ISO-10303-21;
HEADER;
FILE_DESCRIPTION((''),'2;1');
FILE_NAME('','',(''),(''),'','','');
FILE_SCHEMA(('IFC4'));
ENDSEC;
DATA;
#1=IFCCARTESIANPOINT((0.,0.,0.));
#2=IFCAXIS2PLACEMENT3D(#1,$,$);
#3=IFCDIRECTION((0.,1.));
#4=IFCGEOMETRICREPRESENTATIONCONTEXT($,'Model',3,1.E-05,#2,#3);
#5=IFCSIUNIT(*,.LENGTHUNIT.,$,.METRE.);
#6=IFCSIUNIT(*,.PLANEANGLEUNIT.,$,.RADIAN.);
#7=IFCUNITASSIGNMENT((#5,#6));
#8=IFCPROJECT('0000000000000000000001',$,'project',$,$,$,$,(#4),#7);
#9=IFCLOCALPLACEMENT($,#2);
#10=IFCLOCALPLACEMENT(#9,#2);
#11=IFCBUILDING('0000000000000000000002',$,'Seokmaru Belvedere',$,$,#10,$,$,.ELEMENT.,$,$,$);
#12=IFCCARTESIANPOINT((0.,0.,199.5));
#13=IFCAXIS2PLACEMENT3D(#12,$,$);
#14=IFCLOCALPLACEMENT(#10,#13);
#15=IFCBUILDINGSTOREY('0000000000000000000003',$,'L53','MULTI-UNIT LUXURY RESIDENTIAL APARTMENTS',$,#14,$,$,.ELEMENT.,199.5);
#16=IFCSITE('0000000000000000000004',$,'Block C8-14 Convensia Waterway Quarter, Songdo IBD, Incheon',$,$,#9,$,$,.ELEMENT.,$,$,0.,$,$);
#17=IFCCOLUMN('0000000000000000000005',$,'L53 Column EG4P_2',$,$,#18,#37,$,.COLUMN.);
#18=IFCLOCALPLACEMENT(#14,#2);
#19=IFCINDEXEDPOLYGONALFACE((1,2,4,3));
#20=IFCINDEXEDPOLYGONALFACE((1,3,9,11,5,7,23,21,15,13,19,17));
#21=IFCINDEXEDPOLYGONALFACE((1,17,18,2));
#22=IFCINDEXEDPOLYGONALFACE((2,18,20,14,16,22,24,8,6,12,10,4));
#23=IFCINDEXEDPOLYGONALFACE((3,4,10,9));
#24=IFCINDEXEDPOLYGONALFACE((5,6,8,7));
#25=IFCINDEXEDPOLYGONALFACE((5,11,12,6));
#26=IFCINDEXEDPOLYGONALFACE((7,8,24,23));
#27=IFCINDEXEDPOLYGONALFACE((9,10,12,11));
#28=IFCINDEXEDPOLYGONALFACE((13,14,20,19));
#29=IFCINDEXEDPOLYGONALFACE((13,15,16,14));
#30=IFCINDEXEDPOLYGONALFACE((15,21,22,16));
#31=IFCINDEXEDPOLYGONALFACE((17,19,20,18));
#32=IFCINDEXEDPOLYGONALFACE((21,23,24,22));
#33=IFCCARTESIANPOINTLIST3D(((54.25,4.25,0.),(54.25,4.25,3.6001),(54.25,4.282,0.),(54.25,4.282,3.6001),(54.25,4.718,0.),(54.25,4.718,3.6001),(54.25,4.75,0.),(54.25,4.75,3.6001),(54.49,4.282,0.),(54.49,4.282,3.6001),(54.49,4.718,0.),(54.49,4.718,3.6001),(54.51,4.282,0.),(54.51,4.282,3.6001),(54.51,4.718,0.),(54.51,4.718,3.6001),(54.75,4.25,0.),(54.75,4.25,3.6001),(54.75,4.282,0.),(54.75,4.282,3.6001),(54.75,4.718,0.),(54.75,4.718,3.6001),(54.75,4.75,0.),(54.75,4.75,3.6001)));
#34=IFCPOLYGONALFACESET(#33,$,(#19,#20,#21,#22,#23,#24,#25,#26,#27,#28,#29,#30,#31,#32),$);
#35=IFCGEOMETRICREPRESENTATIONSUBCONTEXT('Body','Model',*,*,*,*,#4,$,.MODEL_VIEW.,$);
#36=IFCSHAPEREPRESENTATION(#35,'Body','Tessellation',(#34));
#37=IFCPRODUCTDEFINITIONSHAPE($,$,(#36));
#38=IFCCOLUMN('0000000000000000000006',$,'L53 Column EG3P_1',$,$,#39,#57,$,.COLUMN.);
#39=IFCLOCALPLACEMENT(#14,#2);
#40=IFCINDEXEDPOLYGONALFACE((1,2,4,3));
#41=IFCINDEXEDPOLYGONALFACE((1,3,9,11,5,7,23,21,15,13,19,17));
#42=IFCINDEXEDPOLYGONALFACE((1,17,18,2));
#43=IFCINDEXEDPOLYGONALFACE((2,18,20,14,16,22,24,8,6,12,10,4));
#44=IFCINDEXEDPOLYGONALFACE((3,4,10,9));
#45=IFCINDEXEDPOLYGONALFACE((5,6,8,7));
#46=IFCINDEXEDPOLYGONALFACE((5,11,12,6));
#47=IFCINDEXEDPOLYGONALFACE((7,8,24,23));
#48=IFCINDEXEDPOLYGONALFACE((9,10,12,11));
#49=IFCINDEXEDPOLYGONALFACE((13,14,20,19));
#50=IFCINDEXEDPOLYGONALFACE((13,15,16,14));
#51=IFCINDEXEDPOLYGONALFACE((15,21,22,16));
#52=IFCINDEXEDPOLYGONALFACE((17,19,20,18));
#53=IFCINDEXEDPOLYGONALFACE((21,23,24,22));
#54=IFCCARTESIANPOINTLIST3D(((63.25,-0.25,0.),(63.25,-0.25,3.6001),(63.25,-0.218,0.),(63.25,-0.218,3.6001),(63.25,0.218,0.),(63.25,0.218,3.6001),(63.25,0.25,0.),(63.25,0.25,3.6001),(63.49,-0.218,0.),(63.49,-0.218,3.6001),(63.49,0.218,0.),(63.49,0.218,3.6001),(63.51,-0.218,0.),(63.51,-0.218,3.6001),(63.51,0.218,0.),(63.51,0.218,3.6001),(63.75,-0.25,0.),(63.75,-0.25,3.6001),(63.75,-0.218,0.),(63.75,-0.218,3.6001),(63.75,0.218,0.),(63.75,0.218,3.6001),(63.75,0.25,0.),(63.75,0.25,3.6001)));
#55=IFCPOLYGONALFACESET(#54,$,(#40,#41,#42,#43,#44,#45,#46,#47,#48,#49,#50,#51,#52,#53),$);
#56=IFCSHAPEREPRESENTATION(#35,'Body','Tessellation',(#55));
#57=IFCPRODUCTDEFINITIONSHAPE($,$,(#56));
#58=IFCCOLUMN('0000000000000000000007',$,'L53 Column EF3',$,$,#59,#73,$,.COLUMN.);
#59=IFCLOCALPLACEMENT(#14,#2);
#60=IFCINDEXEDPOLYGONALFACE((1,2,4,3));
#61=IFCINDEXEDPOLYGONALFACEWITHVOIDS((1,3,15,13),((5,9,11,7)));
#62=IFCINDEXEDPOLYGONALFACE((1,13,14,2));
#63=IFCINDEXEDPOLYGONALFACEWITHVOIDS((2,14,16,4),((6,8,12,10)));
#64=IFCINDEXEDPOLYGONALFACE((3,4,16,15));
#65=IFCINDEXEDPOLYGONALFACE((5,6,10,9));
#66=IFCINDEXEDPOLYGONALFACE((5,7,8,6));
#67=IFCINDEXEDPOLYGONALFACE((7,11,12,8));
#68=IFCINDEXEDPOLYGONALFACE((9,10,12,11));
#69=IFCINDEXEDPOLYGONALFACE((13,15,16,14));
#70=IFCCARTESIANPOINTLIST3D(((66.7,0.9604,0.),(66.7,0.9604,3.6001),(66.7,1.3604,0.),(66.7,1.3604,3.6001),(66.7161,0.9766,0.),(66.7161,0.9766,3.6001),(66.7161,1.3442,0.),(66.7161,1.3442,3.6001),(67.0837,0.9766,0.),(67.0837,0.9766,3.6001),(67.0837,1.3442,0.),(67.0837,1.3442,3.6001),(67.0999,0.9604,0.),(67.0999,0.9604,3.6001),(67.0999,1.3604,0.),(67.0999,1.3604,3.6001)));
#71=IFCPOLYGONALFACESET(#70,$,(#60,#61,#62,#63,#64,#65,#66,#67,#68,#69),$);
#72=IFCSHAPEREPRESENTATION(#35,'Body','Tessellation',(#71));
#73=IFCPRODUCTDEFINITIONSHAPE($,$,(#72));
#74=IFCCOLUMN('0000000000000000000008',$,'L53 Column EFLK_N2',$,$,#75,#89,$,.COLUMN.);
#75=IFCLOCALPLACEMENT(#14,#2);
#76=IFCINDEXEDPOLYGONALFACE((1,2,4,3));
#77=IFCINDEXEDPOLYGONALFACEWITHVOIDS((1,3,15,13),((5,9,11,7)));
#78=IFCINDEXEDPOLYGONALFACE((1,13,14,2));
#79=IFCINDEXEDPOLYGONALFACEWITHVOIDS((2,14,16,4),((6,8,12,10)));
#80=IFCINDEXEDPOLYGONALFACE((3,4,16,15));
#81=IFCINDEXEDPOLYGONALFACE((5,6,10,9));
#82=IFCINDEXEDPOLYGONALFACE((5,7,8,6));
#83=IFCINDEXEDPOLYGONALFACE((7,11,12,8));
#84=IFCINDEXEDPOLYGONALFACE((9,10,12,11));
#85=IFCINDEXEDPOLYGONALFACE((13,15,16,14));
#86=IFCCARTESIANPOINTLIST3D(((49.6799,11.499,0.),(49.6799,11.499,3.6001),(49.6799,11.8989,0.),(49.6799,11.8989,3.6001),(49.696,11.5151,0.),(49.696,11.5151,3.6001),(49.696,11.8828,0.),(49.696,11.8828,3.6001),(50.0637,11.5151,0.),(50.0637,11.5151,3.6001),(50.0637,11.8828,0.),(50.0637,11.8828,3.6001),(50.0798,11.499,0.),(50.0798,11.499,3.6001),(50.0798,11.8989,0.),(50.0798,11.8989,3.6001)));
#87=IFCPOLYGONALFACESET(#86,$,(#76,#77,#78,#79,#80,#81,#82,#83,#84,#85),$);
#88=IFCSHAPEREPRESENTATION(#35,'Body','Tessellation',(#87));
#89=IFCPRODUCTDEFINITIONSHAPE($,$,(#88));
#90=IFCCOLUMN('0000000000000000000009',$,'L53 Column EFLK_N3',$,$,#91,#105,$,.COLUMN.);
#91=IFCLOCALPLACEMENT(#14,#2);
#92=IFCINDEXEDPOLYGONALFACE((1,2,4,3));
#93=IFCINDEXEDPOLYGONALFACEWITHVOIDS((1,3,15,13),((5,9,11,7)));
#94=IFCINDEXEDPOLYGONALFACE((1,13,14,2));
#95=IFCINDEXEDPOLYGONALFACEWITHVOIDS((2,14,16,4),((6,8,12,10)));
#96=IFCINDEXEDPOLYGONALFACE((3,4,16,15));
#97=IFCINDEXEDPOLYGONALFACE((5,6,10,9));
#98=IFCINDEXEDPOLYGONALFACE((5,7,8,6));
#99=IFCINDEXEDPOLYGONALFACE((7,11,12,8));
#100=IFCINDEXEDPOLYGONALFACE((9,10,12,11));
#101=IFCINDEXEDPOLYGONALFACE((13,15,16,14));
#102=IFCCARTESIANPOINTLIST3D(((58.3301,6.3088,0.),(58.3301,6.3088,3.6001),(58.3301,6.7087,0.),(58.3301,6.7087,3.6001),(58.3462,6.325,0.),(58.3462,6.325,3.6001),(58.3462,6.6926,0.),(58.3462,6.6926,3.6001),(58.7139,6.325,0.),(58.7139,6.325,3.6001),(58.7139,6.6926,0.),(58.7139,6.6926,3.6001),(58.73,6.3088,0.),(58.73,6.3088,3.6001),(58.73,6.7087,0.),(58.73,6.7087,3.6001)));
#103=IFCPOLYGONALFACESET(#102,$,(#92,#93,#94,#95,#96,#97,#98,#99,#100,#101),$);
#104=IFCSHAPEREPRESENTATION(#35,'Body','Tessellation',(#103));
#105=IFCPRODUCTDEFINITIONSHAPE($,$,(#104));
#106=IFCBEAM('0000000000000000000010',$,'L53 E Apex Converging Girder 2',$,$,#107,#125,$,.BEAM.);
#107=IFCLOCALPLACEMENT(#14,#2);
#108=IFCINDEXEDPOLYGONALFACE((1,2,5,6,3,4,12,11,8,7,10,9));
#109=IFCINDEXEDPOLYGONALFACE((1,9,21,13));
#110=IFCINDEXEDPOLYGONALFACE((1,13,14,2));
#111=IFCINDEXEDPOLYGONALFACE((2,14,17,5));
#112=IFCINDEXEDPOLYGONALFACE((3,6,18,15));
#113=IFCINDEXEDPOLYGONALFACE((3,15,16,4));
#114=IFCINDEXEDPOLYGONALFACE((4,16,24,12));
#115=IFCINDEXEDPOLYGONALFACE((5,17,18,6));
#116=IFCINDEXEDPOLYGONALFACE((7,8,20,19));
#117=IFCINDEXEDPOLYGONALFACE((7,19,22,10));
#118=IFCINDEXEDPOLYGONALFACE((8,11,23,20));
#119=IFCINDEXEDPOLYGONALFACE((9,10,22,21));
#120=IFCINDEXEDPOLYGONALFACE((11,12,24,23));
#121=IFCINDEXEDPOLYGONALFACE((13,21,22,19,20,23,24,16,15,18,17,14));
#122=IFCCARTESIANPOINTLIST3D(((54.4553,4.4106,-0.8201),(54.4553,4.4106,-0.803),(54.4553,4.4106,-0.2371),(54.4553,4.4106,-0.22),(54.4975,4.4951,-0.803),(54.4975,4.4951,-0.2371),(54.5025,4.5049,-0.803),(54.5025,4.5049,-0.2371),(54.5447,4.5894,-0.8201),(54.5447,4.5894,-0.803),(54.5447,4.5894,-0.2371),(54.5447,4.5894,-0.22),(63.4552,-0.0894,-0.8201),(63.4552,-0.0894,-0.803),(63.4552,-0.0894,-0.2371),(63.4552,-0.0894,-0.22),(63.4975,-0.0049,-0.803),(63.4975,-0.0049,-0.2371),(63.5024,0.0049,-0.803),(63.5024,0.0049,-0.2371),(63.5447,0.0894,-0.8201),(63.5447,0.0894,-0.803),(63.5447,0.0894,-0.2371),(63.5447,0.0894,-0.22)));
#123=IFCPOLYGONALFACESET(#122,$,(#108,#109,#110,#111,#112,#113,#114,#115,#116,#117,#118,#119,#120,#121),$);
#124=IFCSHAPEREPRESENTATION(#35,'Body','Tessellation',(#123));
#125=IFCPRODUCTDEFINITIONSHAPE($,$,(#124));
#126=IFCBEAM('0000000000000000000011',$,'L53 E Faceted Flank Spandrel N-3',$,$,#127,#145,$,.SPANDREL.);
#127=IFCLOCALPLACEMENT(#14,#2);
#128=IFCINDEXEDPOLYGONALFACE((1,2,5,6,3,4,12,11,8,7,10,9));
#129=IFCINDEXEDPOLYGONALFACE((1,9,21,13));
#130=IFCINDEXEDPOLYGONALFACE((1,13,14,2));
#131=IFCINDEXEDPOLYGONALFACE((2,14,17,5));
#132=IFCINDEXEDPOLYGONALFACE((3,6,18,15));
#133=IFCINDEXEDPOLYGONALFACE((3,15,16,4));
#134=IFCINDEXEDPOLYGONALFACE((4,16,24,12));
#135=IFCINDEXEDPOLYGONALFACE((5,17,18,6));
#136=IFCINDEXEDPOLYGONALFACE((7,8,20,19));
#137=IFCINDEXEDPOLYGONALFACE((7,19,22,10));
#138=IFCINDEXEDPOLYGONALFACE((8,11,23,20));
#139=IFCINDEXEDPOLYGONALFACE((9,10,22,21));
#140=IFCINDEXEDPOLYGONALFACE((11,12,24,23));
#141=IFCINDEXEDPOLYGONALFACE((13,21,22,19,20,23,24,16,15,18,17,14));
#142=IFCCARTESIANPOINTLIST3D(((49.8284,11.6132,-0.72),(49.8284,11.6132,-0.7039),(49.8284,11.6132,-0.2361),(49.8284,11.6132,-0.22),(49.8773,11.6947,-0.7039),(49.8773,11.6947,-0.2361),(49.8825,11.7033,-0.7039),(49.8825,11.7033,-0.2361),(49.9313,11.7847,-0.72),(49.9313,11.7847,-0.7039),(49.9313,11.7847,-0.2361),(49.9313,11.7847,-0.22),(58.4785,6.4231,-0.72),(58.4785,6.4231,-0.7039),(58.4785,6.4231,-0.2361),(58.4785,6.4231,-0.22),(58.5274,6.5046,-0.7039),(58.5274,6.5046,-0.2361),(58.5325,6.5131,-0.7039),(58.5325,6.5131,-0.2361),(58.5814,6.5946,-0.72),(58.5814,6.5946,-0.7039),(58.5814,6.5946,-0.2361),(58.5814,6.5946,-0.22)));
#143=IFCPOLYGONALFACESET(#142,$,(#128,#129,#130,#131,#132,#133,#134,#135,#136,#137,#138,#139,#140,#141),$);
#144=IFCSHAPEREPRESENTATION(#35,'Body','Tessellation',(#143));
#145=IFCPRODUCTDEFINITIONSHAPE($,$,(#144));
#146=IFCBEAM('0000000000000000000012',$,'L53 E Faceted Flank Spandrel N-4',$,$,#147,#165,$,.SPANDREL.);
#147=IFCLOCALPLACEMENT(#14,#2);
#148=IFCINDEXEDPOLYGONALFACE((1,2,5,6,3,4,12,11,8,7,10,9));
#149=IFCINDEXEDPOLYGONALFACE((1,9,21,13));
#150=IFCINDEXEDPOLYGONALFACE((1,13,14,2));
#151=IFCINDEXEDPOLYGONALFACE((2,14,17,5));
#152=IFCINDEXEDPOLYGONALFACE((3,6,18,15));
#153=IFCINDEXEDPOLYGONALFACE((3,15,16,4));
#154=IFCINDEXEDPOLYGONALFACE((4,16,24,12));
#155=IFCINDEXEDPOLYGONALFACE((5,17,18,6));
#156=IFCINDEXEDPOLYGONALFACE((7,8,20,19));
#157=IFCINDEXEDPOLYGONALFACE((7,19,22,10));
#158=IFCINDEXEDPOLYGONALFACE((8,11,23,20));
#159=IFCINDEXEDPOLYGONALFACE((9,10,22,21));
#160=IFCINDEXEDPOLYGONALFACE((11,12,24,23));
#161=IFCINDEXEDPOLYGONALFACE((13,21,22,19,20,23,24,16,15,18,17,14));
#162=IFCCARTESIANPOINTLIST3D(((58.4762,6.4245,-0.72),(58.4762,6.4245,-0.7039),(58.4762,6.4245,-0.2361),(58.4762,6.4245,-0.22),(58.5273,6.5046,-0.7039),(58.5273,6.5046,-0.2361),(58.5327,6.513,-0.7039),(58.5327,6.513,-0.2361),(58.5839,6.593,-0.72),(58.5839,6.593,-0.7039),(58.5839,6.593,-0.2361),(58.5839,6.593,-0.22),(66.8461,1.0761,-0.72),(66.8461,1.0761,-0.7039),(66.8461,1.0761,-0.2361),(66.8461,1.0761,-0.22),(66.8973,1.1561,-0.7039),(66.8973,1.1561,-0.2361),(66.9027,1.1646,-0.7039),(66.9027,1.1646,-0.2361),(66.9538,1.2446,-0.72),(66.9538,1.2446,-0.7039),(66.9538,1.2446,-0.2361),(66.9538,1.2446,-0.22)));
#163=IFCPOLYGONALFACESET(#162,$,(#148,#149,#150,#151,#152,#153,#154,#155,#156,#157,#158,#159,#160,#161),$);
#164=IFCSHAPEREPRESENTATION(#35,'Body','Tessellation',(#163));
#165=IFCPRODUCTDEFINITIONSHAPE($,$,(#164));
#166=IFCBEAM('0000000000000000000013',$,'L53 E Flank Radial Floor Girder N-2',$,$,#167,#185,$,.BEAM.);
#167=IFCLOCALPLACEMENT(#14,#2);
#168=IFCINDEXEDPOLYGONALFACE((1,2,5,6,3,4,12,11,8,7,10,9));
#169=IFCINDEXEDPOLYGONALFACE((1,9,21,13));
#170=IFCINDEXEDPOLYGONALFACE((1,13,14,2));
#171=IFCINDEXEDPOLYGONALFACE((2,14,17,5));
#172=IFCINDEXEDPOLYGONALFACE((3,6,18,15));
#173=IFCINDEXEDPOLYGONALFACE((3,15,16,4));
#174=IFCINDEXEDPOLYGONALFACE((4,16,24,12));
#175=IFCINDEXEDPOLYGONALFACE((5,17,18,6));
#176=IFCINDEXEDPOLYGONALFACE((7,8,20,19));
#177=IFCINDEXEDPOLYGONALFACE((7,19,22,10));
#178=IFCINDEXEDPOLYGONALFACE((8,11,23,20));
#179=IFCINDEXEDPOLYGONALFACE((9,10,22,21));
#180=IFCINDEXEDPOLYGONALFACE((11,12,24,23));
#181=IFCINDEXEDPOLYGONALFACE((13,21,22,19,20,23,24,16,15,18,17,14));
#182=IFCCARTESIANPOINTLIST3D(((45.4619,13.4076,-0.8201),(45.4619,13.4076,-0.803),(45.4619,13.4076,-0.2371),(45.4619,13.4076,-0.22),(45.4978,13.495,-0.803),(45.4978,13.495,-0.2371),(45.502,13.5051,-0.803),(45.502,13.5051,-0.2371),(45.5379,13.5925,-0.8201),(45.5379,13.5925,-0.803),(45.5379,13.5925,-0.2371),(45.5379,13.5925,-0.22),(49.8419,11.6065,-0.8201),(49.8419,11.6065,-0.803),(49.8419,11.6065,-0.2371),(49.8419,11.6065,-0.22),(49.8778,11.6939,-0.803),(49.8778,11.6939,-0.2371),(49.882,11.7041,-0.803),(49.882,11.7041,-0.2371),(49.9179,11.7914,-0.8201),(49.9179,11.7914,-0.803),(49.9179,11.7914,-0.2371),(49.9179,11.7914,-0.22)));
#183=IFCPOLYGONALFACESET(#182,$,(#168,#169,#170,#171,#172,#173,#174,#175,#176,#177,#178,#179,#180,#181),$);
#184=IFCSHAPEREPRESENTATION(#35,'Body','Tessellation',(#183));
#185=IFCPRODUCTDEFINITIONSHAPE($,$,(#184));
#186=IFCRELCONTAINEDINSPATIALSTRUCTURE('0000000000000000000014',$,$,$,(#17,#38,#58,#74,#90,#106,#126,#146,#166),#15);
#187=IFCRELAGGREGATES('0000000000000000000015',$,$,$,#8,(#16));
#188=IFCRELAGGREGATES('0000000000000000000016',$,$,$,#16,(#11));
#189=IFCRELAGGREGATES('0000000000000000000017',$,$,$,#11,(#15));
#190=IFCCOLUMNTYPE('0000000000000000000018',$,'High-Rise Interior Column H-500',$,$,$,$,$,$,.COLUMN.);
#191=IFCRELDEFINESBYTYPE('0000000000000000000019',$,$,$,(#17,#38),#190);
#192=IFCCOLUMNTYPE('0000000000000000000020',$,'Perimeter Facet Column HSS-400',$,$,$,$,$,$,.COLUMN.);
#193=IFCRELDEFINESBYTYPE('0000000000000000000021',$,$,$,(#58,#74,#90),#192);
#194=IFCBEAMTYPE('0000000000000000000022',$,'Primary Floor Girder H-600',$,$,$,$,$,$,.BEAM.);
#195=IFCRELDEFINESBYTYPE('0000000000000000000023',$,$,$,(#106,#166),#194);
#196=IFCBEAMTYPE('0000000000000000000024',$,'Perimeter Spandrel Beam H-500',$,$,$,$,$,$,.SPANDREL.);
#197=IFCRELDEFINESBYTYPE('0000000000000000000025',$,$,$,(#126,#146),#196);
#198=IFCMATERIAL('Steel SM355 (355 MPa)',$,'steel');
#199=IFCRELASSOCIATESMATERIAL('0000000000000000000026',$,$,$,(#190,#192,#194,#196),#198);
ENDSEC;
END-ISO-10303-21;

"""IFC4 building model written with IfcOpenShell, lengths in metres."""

from ifc_helpers import new_model, si_unit, direction, frame, origin, origin_2d, place, context, subcontext, project, spatial, hollow_rectangle, i_section, extrude, source, transform, mapped, material, material_profile, profile_set, type_object, type_shapes, element, save


model = new_model("IFC4")

# Units and contexts
model_context = context("Model", 3, precision=1e-05, world=origin(), true_north=direction((0.0, 1.0)))
body_context = subcontext(model_context, "Body", "Model", "MODEL_VIEW")
ifc_project = project(units=[si_unit("LENGTHUNIT", "METRE"), si_unit("PLANEANGLEUNIT", "RADIAN")], contexts=[model_context])

# Site, building, storey
site_placement = place(None, origin())
site = spatial("IfcSite", under=ifc_project, at=site_placement, Name="Block C8-14 Convensia Waterway Quarter, Songdo IBD, Incheon", CompositionType="ELEMENT", RefElevation=0.0)
building_placement = place(site_placement, origin())
building = spatial("IfcBuilding", under=site, at=building_placement, Name="Seokmaru Belvedere", CompositionType="ELEMENT")
storey_placement = place(building_placement, frame((0.0, 0.0, 199.5)))
storey = spatial("IfcBuildingStorey", under=building, at=storey_placement, Name="L53", Description="MULTI-UNIT LUXURY RESIDENTIAL APARTMENTS", CompositionType="ELEMENT", Elevation=199.5)

# Columns
ifc_material_1 = material(Name="Steel SM355 (355 MPa)", Category="steel")
ifc_material_profile_1 = material_profile(ifc_material_1, i_section(OverallWidth=0.5, OverallDepth=0.5, WebThickness=0.02, FlangeThickness=0.032, at=origin_2d()), Name="H-500x500x20x32")
ifc_profile_set_1 = profile_set([ifc_material_profile_1], Name="Steel SM355 (355 MPa)")
column_type_1 = type_object("IfcColumnType", Name="High-Rise Interior Column H-500", PredefinedType="COLUMN", material=ifc_profile_set_1)
shared_shape_1 = source(origin(), body_context, "Body", "SweptSolid", [
    extrude(i_section(OverallWidth=0.5, OverallDepth=0.5, WebThickness=0.02, FlangeThickness=0.032, at=origin_2d()), origin(), (0.0, 0.0, 1.0), 3.6001),
])
type_shapes(column_type_1, [shared_shape_1])
for number, where, z_axis, x_axis, name in (
    (1, (54.5, 4.5, 0.0), (0.0, 0.0, 1.0), (1.0, 0.0, 0.0), "L53 Column EG4P_2"),
    (2, (63.5, 0.0, 0.0), (0.0, 0.0, 1.0), (1.0, 0.0, 0.0), "L53 Column EG3P_1"),
):
    element("IfcColumn", number, at=place(storey_placement, frame(where, z_axis=z_axis, x_axis=x_axis)), inside=storey, type_object=column_type_1, Name=name, PredefinedType="COLUMN", context=body_context, shape_type="MappedRepresentation", body=[
        mapped(shared_shape_1, transform((0.0, 0.0, 0.0), scale=1.0)),
    ])
ifc_material_profile_2 = material_profile(ifc_material_1, hollow_rectangle(XDim=0.3999, YDim=0.3999, WallThickness=0.0161, at=origin_2d()), Name="HSS-400x400x16")
ifc_profile_set_2 = profile_set([ifc_material_profile_2], Name="Steel SM355 (355 MPa)")
column_type_2 = type_object("IfcColumnType", Name="Perimeter Facet Column HSS-400", PredefinedType="COLUMN", material=ifc_profile_set_2)
shared_shape_2 = source(origin(), body_context, "Body", "SweptSolid", [
    extrude(hollow_rectangle(XDim=0.3999, YDim=0.3999, WallThickness=0.0161, at=origin_2d()), origin(), (0.0, 0.0, 1.0), 3.6001),
])
type_shapes(column_type_2, [shared_shape_2])
for number, where, z_axis, x_axis, name in (
    (3, (66.8999, 1.1604, 0.0), (0.0, 0.0, 1.0), (1.0, 0.0, 0.0), "L53 Column EF3"),
    (4, (49.8799, 11.699, 0.0), (0.0, 0.0, 1.0), (1.0, 0.0, 0.0), "L53 Column EFLK_N2"),
    (5, (58.53, 6.5088, 0.0), (0.0, 0.0, 1.0), (1.0, 0.0, 0.0), "L53 Column EFLK_N3"),
):
    element("IfcColumn", number, at=place(storey_placement, frame(where, z_axis=z_axis, x_axis=x_axis)), inside=storey, type_object=column_type_2, Name=name, PredefinedType="COLUMN", context=body_context, shape_type="MappedRepresentation", body=[
        mapped(shared_shape_2, transform((0.0, 0.0, 0.0), scale=1.0)),
    ])

# Beams
ifc_material_profile_3 = material_profile(ifc_material_1, i_section(OverallWidth=0.2, OverallDepth=0.6001, WebThickness=0.011, FlangeThickness=0.0171, at=origin_2d()), Name="H-600x200x11x17")
ifc_profile_set_3 = profile_set([ifc_material_profile_3], Name="Steel SM355 (355 MPa)")
beam_type_1 = type_object("IfcBeamType", Name="Primary Floor Girder H-600", PredefinedType="BEAM", material=ifc_profile_set_3)
shared_shape_3 = source(origin(), body_context, "Body", "SweptSolid", [
    extrude(i_section(OverallWidth=0.2, OverallDepth=0.6001, WebThickness=0.011, FlangeThickness=0.0171, at=origin_2d()), origin(), (0.0, 0.0, 1.0), 10.0623),
])
beam_1_placement = place(storey_placement, frame((54.5, 4.5, -0.52), z_axis=(0.894427, -0.447214, 0.0), x_axis=(0.447214, 0.894427, 0.0)))
element("IfcBeam", 6, at=beam_1_placement, inside=storey, type_object=beam_type_1, Name="L53 E Apex Converging Girder 2", PredefinedType="BEAM", context=body_context, shape_type="MappedRepresentation", body=[
    mapped(shared_shape_3, transform((0.0, 0.0, 0.0), scale=1.0)),
])
ifc_material_profile_4 = material_profile(ifc_material_1, i_section(OverallWidth=0.2, OverallDepth=0.5, WebThickness=0.01, FlangeThickness=0.0161, at=origin_2d()), Name="H-500x200x10x16")
ifc_profile_set_4 = profile_set([ifc_material_profile_4], Name="Steel SM355 (355 MPa)")
beam_type_2 = type_object("IfcBeamType", Name="Perimeter Spandrel Beam H-500", PredefinedType="SPANDREL", material=ifc_profile_set_4)
shared_shape_4 = source(origin(), body_context, "Body", "SweptSolid", [
    extrude(i_section(OverallWidth=0.2, OverallDepth=0.5, WebThickness=0.01, FlangeThickness=0.0161, at=origin_2d()), origin(), (0.0, 0.0, 1.0), 10.0876),
])
beam_2_placement = place(storey_placement, frame((49.8799, 11.699, -0.47), z_axis=(0.857489, -0.514503, 0.0), x_axis=(0.514503, 0.857489, 0.0)))
element("IfcBeam", 7, at=beam_2_placement, inside=storey, type_object=beam_type_2, Name="L53 E Faceted Flank Spandrel N-3", PredefinedType="SPANDREL", context=body_context, shape_type="MappedRepresentation", body=[
    mapped(shared_shape_4, transform((0.0, 0.0, 0.0), scale=1.0)),
])
shared_shape_5 = source(origin(), body_context, "Body", "SweptSolid", [
    extrude(i_section(OverallWidth=0.2, OverallDepth=0.5, WebThickness=0.01, FlangeThickness=0.0161, at=origin_2d()), origin(), (0.0, 0.0, 1.0), 9.9329),
])
type_shapes(beam_type_2, [shared_shape_4, shared_shape_5])
beam_3_placement = place(storey_placement, frame((58.53, 6.5088, -0.47), z_axis=(0.842652, -0.538459, 0.0), x_axis=(0.538459, 0.842652, 0.0)))
element("IfcBeam", 8, at=beam_3_placement, inside=storey, type_object=beam_type_2, Name="L53 E Faceted Flank Spandrel N-4", PredefinedType="SPANDREL", context=body_context, shape_type="MappedRepresentation", body=[
    mapped(shared_shape_5, transform((0.0, 0.0, 0.0), scale=1.0)),
])
shared_shape_6 = source(origin(), body_context, "Body", "SweptSolid", [
    extrude(i_section(OverallWidth=0.2, OverallDepth=0.6001, WebThickness=0.011, FlangeThickness=0.0171, at=origin_2d()), origin(), (0.0, 0.0, 1.0), 4.7358),
])
beam_4_placement = place(storey_placement, frame((49.8799, 11.699, -0.52), z_axis=(-0.924861, 0.380306, 0.0), x_axis=(-0.380306, -0.924861, 0.0)))
element("IfcBeam", 9, at=beam_4_placement, inside=storey, type_object=beam_type_1, Name="L53 E Flank Radial Floor Girder N-2", PredefinedType="BEAM", context=body_context, shape_type="MappedRepresentation", body=[
    mapped(shared_shape_6, transform((0.0, 0.0, 0.0), scale=1.0)),
])

save(model, "model.ifc")
